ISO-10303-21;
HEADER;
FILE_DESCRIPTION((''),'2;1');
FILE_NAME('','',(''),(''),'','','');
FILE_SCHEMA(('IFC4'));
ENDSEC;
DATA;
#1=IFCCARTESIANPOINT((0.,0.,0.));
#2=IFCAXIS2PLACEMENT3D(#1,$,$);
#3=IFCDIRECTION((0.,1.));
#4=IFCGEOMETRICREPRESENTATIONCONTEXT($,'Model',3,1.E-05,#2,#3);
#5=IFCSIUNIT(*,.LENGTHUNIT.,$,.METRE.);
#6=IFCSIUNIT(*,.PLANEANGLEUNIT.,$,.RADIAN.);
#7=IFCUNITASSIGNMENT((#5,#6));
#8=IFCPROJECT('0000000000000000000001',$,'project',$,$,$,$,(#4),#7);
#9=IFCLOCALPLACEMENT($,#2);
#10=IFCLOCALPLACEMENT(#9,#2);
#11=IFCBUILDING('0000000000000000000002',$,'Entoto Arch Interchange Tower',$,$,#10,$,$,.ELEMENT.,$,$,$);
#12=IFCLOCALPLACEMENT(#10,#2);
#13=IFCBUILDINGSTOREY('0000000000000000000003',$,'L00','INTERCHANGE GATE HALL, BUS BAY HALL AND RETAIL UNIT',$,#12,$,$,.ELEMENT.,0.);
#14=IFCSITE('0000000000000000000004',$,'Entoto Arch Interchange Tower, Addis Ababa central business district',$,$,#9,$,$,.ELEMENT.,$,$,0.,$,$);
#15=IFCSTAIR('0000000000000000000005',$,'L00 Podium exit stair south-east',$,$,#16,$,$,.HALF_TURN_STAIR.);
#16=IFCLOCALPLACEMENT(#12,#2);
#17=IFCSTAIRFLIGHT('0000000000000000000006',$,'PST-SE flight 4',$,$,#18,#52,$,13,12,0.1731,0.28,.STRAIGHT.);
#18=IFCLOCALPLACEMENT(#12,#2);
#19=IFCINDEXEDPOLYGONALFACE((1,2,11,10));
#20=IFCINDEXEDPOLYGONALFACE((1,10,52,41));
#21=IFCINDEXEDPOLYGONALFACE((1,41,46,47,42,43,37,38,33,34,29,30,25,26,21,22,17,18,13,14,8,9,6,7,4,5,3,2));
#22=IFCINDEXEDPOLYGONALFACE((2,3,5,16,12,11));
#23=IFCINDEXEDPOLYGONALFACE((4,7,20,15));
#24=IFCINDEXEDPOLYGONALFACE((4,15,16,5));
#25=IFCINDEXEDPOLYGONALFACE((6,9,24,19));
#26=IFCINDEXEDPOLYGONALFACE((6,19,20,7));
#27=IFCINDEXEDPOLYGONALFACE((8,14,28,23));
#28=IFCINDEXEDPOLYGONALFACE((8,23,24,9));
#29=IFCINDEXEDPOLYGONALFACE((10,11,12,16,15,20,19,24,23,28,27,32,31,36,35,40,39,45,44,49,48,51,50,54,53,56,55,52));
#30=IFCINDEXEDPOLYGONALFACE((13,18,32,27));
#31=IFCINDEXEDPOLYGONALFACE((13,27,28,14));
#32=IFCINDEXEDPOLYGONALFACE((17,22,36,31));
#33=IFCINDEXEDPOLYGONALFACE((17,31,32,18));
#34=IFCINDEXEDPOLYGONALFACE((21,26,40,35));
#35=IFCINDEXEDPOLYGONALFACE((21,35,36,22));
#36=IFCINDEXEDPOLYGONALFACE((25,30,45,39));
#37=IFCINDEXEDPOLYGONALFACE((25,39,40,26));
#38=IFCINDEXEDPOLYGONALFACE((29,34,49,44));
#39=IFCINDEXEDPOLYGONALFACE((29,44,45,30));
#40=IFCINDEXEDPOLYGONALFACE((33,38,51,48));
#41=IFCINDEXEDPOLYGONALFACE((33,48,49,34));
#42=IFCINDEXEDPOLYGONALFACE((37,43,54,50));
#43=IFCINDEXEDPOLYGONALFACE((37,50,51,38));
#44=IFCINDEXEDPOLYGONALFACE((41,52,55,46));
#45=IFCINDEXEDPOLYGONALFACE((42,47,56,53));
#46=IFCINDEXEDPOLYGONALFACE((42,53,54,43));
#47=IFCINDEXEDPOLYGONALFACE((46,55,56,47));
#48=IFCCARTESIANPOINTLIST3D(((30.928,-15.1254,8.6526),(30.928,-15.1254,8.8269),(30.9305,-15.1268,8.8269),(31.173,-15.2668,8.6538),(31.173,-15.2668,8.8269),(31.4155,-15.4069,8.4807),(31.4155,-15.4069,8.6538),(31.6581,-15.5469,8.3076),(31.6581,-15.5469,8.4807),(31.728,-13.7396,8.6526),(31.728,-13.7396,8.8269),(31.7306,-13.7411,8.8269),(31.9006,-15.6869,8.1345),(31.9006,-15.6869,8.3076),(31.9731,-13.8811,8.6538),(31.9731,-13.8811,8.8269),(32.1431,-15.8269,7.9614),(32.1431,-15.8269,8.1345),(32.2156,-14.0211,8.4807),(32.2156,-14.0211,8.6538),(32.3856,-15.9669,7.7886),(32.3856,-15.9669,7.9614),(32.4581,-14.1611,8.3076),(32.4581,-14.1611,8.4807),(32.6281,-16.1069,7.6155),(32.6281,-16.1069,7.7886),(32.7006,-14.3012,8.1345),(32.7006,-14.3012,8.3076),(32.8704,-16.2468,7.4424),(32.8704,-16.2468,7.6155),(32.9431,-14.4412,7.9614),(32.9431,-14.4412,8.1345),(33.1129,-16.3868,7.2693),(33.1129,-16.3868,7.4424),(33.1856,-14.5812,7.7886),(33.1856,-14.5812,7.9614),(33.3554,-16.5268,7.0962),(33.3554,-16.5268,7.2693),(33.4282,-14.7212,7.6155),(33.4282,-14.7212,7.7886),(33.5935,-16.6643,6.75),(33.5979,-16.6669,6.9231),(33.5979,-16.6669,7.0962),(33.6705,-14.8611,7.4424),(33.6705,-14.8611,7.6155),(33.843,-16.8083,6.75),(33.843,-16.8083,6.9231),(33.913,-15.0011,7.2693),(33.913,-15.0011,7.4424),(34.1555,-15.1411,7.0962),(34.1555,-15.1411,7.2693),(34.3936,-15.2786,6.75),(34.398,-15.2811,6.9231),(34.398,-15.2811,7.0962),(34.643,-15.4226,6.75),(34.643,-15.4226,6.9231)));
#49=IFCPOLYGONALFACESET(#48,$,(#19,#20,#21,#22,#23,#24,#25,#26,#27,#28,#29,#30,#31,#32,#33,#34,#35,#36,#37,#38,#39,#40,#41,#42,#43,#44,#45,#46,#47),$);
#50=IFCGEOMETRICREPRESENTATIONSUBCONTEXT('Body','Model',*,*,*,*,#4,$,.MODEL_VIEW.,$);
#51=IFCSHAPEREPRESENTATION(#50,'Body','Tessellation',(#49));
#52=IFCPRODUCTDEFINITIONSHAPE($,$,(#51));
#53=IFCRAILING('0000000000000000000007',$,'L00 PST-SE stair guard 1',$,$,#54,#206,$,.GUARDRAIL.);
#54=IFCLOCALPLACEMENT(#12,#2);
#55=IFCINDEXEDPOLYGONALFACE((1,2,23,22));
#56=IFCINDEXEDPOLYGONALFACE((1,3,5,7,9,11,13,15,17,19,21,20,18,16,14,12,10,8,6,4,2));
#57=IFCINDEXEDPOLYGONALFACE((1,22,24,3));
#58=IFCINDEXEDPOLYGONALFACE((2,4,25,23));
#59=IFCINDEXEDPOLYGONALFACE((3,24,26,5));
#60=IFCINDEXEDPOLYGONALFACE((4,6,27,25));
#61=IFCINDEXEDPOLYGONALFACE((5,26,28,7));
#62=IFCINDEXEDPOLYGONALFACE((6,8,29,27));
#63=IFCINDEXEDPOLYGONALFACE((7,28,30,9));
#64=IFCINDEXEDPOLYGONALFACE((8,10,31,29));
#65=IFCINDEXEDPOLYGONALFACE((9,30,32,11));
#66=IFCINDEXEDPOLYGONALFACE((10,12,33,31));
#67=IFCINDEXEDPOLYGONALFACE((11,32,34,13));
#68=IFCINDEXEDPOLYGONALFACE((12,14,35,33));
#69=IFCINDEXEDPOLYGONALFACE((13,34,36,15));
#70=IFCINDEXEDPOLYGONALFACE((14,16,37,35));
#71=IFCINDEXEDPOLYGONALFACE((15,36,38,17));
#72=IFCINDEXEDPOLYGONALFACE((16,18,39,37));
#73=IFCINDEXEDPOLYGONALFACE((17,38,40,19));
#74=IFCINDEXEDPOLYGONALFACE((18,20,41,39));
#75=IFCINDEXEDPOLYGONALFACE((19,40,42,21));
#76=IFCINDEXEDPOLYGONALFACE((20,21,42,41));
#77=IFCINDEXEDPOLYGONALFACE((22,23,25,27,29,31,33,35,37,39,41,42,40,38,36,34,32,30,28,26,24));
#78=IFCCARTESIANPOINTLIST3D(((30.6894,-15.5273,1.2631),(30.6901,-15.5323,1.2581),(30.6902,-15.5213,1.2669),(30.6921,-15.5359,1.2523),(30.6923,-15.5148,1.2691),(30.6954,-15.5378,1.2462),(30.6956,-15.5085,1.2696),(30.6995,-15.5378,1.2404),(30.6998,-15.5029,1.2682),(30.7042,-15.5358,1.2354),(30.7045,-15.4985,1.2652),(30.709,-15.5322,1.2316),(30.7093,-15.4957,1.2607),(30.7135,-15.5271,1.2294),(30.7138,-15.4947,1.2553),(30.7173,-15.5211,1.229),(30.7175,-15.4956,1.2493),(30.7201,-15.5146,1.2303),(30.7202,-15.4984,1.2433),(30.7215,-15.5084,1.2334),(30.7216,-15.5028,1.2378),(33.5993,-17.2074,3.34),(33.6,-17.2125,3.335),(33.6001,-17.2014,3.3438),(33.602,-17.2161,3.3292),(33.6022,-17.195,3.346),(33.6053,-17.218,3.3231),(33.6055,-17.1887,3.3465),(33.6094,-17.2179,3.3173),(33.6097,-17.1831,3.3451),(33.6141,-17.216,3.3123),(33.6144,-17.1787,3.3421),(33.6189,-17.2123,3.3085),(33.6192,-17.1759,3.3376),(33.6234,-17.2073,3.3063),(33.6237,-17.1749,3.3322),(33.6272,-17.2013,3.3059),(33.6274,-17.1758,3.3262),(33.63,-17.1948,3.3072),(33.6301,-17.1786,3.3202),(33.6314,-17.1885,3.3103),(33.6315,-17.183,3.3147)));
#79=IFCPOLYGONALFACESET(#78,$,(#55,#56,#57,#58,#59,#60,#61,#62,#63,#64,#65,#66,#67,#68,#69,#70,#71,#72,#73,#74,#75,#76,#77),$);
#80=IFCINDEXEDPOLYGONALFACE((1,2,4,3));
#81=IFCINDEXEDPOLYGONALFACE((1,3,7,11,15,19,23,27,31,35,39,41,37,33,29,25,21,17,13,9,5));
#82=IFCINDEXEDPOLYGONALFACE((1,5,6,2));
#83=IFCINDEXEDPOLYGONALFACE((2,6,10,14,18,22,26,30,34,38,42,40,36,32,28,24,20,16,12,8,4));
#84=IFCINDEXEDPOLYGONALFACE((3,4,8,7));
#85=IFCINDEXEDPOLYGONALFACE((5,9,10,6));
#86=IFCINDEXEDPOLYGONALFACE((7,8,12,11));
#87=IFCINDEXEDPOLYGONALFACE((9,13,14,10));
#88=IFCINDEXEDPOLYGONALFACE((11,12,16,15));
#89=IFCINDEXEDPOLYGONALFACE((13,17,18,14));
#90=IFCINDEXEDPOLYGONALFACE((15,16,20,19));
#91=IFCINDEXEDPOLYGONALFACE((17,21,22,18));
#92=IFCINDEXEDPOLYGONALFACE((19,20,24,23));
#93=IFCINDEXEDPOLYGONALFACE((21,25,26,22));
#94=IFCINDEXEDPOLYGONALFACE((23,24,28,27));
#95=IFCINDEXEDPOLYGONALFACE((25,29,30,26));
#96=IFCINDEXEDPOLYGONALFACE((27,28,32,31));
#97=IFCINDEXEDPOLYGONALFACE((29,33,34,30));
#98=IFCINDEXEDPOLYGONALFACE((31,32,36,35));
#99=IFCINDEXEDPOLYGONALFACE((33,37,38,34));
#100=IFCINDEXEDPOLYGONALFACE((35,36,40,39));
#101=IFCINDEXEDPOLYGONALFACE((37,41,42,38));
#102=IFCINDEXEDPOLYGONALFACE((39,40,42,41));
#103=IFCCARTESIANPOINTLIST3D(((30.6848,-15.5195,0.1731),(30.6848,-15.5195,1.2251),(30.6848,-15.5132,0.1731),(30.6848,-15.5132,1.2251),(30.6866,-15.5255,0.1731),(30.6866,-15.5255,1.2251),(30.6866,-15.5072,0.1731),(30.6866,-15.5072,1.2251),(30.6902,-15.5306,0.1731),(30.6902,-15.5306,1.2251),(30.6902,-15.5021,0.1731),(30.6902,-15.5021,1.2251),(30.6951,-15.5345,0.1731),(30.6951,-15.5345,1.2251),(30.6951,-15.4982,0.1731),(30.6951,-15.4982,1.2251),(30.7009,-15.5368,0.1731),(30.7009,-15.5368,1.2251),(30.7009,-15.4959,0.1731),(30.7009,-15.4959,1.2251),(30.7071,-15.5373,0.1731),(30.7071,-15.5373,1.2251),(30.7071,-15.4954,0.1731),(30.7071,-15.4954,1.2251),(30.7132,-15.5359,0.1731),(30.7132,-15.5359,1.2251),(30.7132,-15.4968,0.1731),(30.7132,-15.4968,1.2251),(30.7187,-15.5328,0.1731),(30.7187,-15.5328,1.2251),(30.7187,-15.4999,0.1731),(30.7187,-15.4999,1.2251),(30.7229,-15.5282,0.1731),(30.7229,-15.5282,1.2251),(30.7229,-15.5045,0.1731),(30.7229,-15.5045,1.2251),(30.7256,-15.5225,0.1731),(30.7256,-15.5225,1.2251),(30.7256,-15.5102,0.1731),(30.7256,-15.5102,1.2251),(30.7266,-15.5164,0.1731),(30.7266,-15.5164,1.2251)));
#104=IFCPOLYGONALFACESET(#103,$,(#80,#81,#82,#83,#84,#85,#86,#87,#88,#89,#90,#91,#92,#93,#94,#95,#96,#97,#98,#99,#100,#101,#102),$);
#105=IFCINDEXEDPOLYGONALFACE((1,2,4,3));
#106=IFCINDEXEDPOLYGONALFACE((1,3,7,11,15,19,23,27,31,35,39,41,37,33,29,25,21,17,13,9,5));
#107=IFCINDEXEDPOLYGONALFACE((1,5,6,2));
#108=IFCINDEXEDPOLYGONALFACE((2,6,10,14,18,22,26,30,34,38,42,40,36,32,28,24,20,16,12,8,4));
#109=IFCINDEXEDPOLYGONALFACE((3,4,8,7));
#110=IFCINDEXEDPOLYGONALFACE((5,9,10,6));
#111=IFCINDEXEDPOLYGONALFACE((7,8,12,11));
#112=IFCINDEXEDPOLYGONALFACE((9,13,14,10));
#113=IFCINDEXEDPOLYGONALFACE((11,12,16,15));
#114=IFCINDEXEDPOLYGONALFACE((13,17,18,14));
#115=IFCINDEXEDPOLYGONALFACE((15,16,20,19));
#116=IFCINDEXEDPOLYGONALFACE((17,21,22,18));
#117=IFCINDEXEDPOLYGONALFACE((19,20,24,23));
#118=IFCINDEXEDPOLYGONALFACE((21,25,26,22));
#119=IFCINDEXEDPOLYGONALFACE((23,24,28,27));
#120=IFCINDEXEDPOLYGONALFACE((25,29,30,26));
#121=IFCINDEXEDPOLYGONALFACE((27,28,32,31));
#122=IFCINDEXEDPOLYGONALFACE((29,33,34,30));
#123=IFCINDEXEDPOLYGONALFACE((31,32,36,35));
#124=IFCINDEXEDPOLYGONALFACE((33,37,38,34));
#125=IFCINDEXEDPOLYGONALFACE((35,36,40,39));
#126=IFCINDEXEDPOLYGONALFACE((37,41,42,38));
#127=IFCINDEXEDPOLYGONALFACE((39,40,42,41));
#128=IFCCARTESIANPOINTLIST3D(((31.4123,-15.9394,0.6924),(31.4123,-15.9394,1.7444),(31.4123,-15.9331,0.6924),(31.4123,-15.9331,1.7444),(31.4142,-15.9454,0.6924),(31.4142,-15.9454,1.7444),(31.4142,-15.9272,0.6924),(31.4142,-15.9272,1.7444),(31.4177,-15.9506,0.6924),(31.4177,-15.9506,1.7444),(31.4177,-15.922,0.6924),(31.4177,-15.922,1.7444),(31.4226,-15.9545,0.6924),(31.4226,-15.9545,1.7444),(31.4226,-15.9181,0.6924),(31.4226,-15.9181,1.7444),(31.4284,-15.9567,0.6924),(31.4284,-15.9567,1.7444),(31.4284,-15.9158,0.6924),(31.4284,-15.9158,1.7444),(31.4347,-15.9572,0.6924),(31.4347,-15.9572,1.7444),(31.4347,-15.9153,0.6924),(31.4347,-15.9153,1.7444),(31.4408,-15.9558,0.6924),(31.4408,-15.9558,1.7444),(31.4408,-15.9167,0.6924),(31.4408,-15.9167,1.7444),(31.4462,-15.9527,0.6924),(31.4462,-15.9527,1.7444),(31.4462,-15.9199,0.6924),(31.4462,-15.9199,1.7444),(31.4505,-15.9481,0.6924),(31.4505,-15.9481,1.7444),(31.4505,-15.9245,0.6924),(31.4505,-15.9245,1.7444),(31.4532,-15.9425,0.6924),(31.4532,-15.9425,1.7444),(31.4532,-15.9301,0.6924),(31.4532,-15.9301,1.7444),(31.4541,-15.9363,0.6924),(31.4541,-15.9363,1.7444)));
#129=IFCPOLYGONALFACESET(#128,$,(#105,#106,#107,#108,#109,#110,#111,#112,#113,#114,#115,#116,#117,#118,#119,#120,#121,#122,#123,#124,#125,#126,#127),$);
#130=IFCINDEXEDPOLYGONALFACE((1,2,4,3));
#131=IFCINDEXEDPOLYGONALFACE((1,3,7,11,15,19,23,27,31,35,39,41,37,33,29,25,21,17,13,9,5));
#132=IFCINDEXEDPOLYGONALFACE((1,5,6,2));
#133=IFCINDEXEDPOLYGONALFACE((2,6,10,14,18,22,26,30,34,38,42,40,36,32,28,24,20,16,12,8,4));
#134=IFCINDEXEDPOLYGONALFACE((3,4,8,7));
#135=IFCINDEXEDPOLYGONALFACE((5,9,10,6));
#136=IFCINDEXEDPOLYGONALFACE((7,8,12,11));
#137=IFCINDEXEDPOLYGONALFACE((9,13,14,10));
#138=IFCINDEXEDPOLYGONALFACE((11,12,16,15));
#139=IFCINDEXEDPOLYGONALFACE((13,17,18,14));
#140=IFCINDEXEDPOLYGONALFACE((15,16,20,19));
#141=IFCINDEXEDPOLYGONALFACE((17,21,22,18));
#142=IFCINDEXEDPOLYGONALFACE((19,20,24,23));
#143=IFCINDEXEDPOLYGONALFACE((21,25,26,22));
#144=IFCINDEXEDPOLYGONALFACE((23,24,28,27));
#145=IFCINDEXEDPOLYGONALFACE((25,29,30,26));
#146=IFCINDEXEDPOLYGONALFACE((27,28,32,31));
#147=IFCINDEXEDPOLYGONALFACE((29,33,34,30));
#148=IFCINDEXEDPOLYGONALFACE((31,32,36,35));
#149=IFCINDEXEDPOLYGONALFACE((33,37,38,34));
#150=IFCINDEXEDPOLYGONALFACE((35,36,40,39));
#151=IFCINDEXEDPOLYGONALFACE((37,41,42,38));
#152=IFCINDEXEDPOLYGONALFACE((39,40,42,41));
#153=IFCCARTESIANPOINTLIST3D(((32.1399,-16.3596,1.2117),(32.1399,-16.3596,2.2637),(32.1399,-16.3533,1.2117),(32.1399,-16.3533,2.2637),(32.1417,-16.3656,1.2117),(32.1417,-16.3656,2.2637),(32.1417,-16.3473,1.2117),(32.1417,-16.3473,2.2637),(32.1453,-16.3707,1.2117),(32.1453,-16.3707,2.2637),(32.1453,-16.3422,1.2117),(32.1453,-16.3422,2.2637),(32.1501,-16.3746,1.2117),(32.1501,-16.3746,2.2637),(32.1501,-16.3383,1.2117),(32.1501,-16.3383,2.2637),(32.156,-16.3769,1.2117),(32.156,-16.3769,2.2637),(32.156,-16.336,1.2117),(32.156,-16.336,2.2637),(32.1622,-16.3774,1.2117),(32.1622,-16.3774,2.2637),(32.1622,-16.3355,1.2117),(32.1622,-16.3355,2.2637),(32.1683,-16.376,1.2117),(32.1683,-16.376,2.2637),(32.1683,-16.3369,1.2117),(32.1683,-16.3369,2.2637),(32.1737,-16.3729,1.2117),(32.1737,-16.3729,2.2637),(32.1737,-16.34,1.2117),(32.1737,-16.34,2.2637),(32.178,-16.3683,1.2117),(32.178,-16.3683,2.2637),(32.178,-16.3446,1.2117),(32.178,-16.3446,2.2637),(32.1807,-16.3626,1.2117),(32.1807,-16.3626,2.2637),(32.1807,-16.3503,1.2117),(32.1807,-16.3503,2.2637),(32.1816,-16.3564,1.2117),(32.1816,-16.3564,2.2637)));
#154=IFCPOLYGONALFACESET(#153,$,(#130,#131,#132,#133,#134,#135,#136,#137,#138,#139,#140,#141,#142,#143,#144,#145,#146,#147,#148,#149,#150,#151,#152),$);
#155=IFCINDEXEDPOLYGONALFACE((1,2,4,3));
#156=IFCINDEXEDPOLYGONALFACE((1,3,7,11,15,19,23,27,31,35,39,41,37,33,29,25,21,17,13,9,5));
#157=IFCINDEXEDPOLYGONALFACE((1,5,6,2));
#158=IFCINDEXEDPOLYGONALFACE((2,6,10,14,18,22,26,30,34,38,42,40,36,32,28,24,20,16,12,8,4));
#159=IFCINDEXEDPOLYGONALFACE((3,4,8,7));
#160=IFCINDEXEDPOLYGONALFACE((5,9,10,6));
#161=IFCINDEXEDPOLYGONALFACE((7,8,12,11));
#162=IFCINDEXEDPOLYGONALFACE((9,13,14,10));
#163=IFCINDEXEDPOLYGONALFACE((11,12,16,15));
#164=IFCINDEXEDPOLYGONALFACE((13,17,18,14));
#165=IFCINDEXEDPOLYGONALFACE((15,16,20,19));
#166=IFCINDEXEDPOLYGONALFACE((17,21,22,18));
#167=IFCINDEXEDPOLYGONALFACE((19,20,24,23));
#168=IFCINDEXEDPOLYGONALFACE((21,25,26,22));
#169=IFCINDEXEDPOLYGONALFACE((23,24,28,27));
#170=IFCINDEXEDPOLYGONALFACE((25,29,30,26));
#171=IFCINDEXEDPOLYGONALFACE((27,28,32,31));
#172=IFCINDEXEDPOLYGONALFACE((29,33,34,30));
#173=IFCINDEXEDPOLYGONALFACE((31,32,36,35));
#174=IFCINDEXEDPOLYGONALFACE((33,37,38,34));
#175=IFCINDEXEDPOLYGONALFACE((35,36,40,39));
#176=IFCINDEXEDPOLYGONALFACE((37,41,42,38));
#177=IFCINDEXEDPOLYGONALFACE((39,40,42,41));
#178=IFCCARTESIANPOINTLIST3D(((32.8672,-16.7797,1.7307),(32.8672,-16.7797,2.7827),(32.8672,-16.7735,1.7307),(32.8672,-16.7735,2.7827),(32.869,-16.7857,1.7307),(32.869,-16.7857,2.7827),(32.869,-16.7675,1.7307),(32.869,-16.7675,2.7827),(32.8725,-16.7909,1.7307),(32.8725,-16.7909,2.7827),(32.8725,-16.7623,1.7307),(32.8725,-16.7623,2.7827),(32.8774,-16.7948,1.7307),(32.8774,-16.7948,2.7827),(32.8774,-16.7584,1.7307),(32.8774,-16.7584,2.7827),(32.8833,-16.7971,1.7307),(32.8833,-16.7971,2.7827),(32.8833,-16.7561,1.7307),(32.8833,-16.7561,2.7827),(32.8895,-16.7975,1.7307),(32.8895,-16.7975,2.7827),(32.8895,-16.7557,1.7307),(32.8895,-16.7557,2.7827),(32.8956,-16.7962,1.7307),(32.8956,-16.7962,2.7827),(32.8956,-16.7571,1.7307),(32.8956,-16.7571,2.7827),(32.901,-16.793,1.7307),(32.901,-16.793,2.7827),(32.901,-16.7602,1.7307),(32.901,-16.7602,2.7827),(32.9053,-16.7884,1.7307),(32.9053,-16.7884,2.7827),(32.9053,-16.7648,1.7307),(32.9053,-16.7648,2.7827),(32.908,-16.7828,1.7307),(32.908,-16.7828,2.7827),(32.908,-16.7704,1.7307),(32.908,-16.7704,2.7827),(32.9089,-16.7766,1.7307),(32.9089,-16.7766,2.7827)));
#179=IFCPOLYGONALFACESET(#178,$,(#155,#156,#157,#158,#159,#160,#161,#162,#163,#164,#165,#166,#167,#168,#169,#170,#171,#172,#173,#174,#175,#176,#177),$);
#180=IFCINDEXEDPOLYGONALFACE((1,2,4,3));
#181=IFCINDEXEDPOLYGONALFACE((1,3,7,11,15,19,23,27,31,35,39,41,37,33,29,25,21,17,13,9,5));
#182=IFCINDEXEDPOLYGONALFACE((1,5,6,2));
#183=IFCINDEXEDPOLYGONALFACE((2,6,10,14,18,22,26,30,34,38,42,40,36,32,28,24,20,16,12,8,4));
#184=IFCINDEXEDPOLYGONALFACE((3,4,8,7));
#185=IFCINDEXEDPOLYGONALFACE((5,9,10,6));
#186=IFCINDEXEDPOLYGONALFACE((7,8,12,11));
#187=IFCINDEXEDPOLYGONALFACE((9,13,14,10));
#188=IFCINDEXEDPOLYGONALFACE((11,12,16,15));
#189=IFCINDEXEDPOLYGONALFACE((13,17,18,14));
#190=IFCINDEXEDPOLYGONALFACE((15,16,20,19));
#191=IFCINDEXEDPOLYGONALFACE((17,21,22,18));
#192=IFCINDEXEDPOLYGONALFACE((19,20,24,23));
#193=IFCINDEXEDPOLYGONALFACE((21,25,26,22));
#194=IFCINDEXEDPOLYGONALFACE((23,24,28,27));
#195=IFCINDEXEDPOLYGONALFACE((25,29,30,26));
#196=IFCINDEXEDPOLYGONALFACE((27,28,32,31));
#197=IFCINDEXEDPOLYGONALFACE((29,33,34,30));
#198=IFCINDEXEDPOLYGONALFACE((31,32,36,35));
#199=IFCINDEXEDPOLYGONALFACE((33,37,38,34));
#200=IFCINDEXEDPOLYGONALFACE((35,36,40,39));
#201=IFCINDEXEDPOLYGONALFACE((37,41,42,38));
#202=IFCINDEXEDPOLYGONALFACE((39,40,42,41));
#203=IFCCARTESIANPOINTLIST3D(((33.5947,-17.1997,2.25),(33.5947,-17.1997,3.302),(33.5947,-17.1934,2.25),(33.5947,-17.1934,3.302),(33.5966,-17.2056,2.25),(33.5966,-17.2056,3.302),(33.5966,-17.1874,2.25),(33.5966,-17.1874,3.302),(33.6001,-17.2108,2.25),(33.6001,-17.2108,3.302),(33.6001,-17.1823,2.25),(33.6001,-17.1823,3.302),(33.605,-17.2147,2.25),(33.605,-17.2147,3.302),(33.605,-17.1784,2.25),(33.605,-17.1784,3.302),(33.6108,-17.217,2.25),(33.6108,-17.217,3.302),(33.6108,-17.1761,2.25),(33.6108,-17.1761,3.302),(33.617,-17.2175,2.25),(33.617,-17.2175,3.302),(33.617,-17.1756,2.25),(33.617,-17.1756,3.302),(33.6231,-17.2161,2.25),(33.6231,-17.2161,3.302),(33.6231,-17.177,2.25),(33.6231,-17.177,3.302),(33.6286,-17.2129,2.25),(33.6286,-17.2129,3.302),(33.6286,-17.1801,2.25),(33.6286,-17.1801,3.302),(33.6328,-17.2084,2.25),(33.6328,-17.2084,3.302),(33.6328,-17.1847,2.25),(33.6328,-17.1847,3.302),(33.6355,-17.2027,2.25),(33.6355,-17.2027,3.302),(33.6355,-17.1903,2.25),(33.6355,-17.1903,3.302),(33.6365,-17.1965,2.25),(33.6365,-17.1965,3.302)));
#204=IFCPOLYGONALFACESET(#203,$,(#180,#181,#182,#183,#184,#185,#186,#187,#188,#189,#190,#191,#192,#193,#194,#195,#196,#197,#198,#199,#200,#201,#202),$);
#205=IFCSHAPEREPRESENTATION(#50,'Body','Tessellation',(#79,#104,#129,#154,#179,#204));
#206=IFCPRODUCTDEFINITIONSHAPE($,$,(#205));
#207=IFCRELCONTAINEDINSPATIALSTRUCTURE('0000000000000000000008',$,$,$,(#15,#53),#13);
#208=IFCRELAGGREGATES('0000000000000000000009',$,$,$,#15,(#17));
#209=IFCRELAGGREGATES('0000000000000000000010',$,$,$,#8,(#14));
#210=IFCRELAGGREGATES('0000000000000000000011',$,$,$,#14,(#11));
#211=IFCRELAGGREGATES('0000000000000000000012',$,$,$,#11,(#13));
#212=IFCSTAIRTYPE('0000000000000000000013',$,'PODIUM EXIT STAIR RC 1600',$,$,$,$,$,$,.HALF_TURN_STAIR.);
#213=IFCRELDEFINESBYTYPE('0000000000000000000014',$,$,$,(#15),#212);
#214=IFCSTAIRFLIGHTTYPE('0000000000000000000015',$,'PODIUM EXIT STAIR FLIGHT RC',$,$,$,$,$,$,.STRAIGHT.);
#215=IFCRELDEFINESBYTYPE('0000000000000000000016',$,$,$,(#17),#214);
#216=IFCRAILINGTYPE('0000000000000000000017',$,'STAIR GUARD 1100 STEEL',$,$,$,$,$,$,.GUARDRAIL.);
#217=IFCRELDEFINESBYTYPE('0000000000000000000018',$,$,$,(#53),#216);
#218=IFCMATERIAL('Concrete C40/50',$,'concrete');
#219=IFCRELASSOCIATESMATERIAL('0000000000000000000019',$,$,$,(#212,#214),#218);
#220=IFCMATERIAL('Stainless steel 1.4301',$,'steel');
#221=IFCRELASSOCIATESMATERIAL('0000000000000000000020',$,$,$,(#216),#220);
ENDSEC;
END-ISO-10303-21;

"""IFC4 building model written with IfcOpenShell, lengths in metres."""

from ifc_helpers import new_model, si_unit, direction, frame, origin, origin_2d, place, context, subcontext, project, spatial, polyline, circle, outline, extrude, material, type_object, element, aggregate, save


model = new_model("IFC4")

# Units and contexts
model_context = context("Model", 3, precision=1e-05, world=origin(), true_north=direction((0.0, 1.0)))
body_context = subcontext(model_context, "Body", "Model", "MODEL_VIEW")
ifc_project = project(units=[si_unit("LENGTHUNIT", "METRE"), si_unit("PLANEANGLEUNIT", "RADIAN")], contexts=[model_context])

# Site, building, storey
site_placement = place(None, origin())
site = spatial("IfcSite", under=ifc_project, at=site_placement, Name="Entoto Arch Interchange Tower, Addis Ababa central business district", CompositionType="ELEMENT", RefElevation=0.0)
building_placement = place(site_placement, origin())
building = spatial("IfcBuilding", under=site, at=building_placement, Name="Entoto Arch Interchange Tower", CompositionType="ELEMENT")
storey_placement = place(building_placement, origin())
storey = spatial("IfcBuildingStorey", under=building, at=storey_placement, Name="L00", Description="INTERCHANGE GATE HALL, BUS BAY HALL AND RETAIL UNIT", CompositionType="ELEMENT", Elevation=0.0)

# Stair, stair flight
ifc_material_1 = material(Name="Concrete C40/50", Category="concrete")
stair_type = type_object("IfcStairType", Name="PODIUM EXIT STAIR RC 1600", PredefinedType="HALF_TURN_STAIR", material=ifc_material_1)
stair_placement = place(storey_placement, origin())
stair = element("IfcStair", 1, at=stair_placement, inside=storey, type_object=stair_type, Name="L00 Podium exit stair south-east", PredefinedType="HALF_TURN_STAIR")
stair_flight_type = type_object("IfcStairFlightType", Name="PODIUM EXIT STAIR FLIGHT RC", PredefinedType="STRAIGHT", material=ifc_material_1)
stair_flight_1_placement = place(storey_placement, frame((34.2405, -16.114, 6.75), z_axis=(0.0, 0.0, 1.0), x_axis=(-0.866025, 0.5, 0.0)))
stair_flight_1 = element("IfcStairFlight", 2, at=stair_flight_1_placement, type_object=stair_flight_type, Name="PST-SE flight 4", NumberOfRisers=13, NumberOfTreads=12, PredefinedType="STRAIGHT", RiserHeight=0.1731, TreadLength=0.28, context=body_context, shape_type="SweptSolid", body=[
    extrude(outline(polyline([(-0.0029, 0.0), (-0.0029, 0.1731), (0.28, 0.1731), (0.28, 0.3462), (0.5601, 0.3462), (0.5601, 0.5193), (0.8401, 0.5193), (0.8401, 0.6924), (1.1201, 0.6924), (1.1201, 0.8655), (1.3999, 0.8655), (1.3999, 1.0386), (1.6799, 1.0386), (1.6799, 1.2114), (1.96, 1.2114), (1.96, 1.3845), (2.24, 1.3845), (2.24, 1.5576), (2.52, 1.5576), (2.52, 1.7307), (2.8, 1.7307), (2.8, 1.9038), (3.0801, 1.9038), (3.0801, 2.0769), (3.3601, 2.0769), (3.363, 2.0769), (3.363, 1.9026), (0.2852, 0.0), (-0.0029, 0.0)])), frame((0.0, 0.8, 0.0), z_axis=(0.0, -1.0, 0.0), x_axis=(1.0, 0.0, 0.0)), (0.0, 0.0, 1.0), 1.6001),
])
aggregate(stair, [stair_flight_1])

# Railing
ifc_material_2 = material(Name="Stainless steel 1.4301", Category="steel")
railing_type_1 = type_object("IfcRailingType", Name="STAIR GUARD 1100 STEEL", PredefinedType="GUARDRAIL", material=ifc_material_2)
railing_1_placement = place(storey_placement, frame((30.7056, -15.5164, 0.1731)))
element("IfcRailing", 3, at=railing_1_placement, inside=storey, type_object=railing_type_1, Name="L00 PST-SE stair guard 1", PredefinedType="GUARDRAIL", context=body_context, shape_type="SweptSolid", body=[
    extrude(circle(Radius=0.0239, at=origin_2d()), frame((0.0, 0.0, 1.0762), z_axis=(0.736649, -0.425339, 0.525771), x_axis=(0.500031, 0.866008, 0.0)), (0.0, 0.0, 1.0), 3.9502),
    extrude(circle(Radius=0.021, at=origin_2d()), origin(), (0.0, 0.0, 1.0), 1.052),
    extrude(circle(Radius=0.021, at=origin_2d()), frame((0.7275, -0.4199, 0.5193)), (0.0, 0.0, 1.0), 1.052),
    extrude(circle(Radius=0.021, at=origin_2d()), frame((1.4551, -0.8401, 1.0386)), (0.0, 0.0, 1.0), 1.052),
    extrude(circle(Radius=0.021, at=origin_2d()), frame((2.1824, -1.2603, 1.5576)), (0.0, 0.0, 1.0), 1.052),
    extrude(circle(Radius=0.021, at=origin_2d()), frame((2.9099, -1.6802, 2.0769)), (0.0, 0.0, 1.0), 1.052),
])

save(model, "model.ifc")
